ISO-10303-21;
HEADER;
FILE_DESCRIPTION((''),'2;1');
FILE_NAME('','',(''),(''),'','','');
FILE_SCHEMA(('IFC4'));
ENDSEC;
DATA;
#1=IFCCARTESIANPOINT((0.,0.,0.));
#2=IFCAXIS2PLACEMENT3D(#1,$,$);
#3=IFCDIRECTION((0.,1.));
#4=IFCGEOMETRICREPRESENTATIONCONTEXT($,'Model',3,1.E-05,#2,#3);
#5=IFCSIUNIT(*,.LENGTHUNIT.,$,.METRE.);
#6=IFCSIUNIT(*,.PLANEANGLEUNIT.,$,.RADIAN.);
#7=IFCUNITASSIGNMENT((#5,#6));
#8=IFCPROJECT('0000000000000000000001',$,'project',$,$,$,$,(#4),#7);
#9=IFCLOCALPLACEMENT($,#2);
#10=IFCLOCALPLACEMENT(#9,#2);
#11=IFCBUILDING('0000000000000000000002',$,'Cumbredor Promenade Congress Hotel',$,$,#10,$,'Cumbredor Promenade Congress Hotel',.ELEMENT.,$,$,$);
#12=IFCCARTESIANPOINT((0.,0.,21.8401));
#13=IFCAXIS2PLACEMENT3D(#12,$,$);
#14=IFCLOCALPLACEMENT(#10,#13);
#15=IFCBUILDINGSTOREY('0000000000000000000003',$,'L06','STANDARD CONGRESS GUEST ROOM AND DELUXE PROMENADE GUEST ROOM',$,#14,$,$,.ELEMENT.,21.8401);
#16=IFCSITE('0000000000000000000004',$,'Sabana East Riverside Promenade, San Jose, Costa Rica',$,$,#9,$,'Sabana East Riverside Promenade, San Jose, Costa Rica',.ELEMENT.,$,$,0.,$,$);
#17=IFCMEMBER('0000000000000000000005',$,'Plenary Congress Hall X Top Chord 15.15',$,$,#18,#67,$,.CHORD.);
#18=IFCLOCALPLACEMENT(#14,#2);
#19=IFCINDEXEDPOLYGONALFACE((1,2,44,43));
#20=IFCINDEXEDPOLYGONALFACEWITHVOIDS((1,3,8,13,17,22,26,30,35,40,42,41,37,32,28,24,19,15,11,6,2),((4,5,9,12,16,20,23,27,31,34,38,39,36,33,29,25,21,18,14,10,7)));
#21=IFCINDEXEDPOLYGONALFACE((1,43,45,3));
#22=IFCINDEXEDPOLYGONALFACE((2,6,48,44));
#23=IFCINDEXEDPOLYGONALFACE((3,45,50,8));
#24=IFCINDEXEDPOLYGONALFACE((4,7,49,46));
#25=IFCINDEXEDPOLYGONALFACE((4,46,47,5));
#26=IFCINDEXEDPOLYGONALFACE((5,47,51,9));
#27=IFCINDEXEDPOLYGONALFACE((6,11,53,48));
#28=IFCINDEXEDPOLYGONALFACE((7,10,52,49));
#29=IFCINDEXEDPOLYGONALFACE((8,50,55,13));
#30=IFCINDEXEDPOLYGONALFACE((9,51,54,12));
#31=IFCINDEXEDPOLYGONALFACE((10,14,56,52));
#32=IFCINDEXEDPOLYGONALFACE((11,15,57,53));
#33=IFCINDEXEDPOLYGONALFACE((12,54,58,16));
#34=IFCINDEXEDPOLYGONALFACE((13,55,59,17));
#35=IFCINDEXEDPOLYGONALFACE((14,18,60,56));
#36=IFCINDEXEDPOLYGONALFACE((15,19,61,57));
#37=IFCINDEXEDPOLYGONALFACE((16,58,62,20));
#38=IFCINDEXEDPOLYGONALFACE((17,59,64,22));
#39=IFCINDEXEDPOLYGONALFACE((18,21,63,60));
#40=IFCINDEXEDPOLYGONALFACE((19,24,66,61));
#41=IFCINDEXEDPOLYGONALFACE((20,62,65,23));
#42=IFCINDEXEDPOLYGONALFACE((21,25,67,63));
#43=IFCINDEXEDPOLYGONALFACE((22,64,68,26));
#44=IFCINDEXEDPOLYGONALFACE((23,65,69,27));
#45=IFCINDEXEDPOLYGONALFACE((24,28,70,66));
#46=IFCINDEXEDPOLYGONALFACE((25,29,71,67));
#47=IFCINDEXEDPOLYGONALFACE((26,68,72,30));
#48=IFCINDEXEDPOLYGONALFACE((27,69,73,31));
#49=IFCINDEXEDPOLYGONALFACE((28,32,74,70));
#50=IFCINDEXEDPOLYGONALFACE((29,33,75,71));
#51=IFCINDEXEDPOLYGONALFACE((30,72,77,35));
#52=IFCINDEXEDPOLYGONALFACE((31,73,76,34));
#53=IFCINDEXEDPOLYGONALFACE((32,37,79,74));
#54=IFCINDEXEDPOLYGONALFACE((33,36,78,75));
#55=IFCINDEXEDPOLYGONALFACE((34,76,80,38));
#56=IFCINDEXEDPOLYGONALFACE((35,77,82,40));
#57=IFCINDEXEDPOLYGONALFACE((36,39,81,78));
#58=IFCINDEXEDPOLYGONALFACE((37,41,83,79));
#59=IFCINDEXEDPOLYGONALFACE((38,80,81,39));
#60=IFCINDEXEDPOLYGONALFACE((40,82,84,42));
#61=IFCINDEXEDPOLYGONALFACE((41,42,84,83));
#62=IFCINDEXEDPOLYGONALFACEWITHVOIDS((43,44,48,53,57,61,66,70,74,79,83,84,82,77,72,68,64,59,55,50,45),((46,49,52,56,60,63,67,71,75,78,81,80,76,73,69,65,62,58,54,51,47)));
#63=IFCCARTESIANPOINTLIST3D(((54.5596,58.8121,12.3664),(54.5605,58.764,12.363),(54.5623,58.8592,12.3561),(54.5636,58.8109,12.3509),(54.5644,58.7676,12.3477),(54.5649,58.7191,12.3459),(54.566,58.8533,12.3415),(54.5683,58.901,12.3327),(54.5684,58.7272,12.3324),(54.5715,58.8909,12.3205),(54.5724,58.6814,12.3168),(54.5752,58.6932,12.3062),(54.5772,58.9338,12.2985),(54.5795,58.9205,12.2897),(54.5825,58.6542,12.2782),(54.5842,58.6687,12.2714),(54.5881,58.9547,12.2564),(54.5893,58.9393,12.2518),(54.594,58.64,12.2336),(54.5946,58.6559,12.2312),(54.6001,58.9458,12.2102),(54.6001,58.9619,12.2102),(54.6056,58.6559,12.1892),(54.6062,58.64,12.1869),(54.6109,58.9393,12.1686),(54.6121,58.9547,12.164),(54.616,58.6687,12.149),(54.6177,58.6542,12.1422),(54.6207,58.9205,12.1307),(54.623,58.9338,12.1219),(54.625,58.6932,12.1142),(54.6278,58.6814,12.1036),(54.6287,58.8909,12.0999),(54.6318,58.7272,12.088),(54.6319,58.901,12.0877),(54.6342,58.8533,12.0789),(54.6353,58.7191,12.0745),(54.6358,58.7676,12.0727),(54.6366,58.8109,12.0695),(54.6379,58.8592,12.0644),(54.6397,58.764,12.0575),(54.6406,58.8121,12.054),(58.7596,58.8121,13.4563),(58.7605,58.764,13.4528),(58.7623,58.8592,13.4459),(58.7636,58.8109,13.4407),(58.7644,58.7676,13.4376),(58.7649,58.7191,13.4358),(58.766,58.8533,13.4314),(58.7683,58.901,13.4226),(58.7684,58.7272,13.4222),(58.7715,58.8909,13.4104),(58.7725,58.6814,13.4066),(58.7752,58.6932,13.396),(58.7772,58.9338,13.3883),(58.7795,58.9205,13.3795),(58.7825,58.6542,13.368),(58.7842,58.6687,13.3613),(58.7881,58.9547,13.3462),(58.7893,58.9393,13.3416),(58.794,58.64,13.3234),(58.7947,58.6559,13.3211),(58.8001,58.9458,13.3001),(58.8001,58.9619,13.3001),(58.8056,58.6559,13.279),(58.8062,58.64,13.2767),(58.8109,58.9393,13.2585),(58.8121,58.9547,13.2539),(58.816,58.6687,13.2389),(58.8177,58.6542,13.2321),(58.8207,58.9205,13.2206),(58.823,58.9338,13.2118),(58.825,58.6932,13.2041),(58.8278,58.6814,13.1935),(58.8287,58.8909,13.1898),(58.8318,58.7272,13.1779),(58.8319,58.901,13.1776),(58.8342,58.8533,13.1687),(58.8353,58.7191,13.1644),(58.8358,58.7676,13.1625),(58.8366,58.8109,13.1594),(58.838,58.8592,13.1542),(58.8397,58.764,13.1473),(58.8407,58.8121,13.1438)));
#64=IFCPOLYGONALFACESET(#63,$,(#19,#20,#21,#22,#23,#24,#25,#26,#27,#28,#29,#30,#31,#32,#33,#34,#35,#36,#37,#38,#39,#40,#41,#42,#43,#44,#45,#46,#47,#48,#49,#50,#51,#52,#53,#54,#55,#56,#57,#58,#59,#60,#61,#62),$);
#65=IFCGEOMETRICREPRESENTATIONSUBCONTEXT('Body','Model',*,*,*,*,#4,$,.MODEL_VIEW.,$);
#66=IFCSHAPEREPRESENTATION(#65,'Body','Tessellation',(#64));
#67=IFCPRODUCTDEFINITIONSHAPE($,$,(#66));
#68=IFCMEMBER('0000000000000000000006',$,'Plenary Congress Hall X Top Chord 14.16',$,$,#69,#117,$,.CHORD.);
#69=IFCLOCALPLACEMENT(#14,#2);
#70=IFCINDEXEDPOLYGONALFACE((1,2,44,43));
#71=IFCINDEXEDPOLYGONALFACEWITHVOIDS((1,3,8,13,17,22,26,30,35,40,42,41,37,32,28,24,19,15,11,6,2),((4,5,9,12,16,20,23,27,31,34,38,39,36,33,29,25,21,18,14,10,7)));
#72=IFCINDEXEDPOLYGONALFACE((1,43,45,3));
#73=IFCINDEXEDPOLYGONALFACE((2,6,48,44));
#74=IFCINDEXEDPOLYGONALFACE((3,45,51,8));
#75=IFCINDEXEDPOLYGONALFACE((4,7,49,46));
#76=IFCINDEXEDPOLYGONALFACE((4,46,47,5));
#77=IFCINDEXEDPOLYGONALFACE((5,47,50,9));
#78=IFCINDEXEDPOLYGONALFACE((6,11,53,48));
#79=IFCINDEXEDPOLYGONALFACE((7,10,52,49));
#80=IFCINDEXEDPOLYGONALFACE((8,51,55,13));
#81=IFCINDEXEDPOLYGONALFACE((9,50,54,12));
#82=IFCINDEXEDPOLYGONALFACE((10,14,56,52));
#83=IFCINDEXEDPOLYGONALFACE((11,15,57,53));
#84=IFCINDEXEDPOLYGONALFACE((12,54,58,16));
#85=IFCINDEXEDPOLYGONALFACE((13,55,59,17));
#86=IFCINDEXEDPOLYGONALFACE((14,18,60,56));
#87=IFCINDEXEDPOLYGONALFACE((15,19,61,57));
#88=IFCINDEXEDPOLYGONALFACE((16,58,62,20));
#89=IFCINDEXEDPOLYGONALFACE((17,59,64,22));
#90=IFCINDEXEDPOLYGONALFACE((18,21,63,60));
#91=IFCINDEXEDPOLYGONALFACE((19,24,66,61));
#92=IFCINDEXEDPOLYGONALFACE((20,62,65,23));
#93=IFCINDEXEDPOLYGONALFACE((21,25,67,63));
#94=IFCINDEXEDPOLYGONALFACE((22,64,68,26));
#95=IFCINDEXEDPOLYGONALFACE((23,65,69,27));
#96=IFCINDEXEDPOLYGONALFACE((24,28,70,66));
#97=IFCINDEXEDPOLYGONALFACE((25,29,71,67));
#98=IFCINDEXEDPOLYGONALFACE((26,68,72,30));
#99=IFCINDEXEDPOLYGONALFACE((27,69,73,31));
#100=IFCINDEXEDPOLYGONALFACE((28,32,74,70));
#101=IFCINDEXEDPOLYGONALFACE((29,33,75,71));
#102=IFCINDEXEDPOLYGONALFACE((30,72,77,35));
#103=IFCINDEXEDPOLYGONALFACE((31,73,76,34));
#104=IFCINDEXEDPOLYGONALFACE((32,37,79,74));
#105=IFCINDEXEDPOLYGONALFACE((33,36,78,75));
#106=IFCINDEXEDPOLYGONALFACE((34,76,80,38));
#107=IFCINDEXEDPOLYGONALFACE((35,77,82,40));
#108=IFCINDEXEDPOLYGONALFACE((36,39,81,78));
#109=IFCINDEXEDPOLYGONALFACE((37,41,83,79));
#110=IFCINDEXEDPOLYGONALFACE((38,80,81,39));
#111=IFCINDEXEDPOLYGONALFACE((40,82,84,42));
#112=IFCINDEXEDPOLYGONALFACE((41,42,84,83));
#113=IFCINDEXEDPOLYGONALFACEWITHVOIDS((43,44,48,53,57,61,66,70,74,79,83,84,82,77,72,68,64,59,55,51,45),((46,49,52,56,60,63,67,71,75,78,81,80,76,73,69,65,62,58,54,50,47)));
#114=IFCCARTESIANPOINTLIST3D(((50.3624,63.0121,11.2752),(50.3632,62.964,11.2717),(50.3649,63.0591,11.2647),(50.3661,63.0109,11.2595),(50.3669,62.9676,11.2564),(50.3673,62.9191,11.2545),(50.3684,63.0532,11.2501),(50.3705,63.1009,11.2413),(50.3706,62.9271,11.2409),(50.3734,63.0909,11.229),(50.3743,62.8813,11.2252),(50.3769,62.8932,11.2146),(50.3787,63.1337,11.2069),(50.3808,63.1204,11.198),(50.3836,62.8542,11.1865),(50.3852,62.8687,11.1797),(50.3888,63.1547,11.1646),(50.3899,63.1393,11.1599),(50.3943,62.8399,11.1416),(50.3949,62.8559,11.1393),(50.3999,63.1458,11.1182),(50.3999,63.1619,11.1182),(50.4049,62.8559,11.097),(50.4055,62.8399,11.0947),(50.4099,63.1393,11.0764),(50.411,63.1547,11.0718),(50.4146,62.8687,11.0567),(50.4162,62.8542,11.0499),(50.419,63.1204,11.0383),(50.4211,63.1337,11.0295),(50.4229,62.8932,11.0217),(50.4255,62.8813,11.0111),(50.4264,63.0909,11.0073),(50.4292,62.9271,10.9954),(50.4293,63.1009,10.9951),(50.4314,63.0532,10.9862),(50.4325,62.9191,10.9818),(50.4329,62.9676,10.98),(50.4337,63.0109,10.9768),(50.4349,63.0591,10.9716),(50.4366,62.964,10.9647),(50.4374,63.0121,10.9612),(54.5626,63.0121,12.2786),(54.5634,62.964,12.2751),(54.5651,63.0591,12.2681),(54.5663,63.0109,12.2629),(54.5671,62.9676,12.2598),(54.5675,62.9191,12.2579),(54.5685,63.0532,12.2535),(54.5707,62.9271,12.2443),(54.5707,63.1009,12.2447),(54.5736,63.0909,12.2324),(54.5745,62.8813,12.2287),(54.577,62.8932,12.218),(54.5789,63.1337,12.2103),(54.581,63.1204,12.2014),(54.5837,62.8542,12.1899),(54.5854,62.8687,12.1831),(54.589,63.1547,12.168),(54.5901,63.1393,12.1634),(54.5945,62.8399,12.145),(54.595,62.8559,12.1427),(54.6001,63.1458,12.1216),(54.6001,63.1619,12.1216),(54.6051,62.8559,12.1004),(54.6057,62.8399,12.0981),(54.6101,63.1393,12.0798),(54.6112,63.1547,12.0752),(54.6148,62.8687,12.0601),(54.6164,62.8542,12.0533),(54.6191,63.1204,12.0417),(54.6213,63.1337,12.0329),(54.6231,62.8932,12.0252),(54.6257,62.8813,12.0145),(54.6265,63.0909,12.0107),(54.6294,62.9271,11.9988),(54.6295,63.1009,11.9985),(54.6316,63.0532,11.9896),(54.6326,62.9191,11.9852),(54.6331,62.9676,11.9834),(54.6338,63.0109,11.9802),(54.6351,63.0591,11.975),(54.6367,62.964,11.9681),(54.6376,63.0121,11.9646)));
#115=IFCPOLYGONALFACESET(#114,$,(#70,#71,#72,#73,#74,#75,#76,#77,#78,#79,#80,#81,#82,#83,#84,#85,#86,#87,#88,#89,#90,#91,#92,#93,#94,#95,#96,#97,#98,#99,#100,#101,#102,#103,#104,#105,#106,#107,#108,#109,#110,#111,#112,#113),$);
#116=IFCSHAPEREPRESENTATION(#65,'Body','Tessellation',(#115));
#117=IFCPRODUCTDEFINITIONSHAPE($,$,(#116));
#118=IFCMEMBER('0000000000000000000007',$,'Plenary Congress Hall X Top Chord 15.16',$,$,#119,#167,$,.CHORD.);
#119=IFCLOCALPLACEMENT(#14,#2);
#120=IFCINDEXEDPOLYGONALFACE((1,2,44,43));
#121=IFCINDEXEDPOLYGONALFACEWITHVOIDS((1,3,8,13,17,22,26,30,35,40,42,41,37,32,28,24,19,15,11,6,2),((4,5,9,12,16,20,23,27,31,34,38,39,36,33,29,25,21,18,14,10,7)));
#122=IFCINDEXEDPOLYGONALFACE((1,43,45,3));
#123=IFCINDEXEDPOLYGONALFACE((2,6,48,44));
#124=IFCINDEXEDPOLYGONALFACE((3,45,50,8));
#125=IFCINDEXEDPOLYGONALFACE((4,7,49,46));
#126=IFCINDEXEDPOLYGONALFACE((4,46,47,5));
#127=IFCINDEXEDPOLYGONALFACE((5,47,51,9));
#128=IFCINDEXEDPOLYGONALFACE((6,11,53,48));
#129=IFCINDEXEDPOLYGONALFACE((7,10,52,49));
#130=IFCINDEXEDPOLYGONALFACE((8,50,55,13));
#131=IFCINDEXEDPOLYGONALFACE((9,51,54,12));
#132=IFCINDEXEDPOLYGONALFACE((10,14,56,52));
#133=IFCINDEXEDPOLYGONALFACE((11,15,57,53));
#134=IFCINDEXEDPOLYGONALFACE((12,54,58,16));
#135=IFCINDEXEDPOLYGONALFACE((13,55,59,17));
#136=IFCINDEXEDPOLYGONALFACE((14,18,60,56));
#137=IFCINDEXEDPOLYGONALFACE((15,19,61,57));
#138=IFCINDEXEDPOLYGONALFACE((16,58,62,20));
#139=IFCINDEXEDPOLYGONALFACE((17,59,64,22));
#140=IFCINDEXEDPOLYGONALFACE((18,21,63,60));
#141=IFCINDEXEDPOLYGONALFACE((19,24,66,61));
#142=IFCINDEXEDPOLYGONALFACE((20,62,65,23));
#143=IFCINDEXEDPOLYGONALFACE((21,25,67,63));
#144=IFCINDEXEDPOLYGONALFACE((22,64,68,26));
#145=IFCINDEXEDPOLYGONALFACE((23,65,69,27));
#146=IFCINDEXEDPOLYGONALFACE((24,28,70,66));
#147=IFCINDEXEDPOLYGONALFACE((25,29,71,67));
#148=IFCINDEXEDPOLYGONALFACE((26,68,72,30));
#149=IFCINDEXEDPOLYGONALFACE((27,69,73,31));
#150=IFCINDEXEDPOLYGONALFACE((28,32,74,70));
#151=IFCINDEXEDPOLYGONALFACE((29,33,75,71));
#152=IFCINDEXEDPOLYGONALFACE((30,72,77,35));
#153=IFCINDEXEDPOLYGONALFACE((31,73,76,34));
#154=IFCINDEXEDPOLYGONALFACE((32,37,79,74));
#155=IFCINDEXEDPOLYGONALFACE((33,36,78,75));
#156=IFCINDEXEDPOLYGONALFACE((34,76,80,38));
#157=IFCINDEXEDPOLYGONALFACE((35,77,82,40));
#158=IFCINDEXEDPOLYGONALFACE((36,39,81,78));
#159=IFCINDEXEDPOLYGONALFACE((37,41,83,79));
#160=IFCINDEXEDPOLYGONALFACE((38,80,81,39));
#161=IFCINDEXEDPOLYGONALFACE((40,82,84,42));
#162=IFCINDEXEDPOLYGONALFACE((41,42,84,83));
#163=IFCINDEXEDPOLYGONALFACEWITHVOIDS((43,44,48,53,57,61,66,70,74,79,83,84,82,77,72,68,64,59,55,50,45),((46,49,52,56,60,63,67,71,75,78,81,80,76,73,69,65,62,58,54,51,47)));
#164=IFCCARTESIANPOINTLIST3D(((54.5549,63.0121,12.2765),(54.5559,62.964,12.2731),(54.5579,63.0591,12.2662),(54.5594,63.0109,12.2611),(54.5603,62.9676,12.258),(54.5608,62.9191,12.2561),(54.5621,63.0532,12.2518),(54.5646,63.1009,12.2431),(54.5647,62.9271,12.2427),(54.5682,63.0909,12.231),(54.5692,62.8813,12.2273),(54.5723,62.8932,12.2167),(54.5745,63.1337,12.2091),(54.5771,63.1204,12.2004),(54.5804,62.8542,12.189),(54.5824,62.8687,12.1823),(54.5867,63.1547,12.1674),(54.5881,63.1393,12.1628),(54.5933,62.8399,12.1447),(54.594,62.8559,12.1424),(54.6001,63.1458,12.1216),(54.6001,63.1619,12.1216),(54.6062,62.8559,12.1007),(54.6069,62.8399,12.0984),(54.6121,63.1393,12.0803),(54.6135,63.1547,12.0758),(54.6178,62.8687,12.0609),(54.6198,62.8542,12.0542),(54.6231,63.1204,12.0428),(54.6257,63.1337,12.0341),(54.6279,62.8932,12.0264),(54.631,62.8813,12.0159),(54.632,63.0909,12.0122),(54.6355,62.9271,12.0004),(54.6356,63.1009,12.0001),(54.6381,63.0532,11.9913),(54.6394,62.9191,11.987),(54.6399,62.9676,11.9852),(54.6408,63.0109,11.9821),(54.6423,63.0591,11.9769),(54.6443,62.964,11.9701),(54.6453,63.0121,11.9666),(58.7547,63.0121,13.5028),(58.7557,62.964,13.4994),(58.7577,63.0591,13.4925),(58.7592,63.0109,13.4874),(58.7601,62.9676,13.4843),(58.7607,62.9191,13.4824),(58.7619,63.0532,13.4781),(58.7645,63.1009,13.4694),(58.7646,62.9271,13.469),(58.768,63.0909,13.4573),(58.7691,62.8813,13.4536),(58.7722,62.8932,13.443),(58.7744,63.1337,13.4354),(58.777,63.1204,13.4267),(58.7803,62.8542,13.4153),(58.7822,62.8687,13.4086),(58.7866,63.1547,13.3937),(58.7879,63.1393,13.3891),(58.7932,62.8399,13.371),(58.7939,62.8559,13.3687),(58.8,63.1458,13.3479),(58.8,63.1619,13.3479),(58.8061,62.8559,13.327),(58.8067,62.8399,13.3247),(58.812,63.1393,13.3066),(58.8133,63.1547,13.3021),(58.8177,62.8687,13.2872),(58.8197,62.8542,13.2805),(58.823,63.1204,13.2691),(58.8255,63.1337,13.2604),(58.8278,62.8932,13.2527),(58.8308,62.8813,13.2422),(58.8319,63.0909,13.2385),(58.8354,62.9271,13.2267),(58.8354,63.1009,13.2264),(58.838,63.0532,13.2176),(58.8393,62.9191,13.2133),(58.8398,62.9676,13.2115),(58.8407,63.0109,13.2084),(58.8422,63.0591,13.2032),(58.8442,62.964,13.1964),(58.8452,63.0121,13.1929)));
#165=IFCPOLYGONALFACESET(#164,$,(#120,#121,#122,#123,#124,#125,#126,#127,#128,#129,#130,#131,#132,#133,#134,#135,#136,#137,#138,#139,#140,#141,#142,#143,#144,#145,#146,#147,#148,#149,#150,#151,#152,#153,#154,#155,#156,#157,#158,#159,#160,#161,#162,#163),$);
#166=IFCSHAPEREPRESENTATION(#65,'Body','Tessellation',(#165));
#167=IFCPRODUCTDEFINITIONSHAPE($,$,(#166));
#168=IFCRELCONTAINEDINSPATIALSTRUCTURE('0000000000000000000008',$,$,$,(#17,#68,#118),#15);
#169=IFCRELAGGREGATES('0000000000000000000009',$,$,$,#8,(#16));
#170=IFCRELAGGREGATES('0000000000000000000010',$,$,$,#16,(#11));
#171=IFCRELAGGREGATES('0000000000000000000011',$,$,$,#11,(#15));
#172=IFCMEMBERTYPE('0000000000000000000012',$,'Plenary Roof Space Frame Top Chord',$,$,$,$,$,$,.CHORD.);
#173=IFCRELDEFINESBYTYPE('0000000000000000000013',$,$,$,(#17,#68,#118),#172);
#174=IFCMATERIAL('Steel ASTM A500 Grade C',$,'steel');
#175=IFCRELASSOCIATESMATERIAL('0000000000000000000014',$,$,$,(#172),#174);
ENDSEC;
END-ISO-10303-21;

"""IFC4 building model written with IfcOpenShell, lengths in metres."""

from ifc_helpers import new_model, si_unit, direction, frame, origin, origin_2d, place, context, subcontext, project, spatial, hollow_circle, extrude, material, material_profile, profile_set, type_object, element, save


model = new_model("IFC4")

# Units and contexts
model_context = context("Model", 3, precision=1e-05, world=origin(), true_north=direction((0.0, 1.0)))
body_context = subcontext(model_context, "Body", "Model", "MODEL_VIEW")
ifc_project = project(units=[si_unit("LENGTHUNIT", "METRE"), si_unit("PLANEANGLEUNIT", "RADIAN")], contexts=[model_context])

# Site, building, storey
site_placement = place(None, origin())
site = spatial("IfcSite", under=ifc_project, at=site_placement, Name="Sabana East Riverside Promenade, San Jose, Costa Rica", LongName="Sabana East Riverside Promenade, San Jose, Costa Rica", CompositionType="ELEMENT", RefElevation=0.0)
building_placement = place(site_placement, origin())
building = spatial("IfcBuilding", under=site, at=building_placement, Name="Cumbredor Promenade Congress Hotel", LongName="Cumbredor Promenade Congress Hotel", CompositionType="ELEMENT")
storey_placement = place(building_placement, frame((0.0, 0.0, 21.8401)))
storey = spatial("IfcBuildingStorey", under=building, at=storey_placement, Name="L06", Description="STANDARD CONGRESS GUEST ROOM AND DELUXE PROMENADE GUEST ROOM", CompositionType="ELEMENT", Elevation=21.8401)

# Members
ifc_material_1 = material(Name="Steel ASTM A500 Grade C", Category="steel")
ifc_material_profile_1 = material_profile(ifc_material_1, hollow_circle(Radius=0.1619, WallThickness=0.0161, at=origin_2d()), Name="CHS 323.9x16")
ifc_profile_set_1 = profile_set([ifc_material_profile_1], Name="Steel ASTM A500 Grade C")
member_type_1 = type_object("IfcMemberType", Name="Plenary Roof Space Frame Top Chord", PredefinedType="CHORD", material=ifc_profile_set_1)
member_1_placement = place(storey_placement, frame((54.6001, 58.8, 12.2102), z_axis=(0.967943, 0.0, 0.251171), x_axis=(0.0, 1.0, 0.0)))
element("IfcMember", 1, at=member_1_placement, inside=storey, type_object=member_type_1, Name="Plenary Congress Hall X Top Chord 15.15", PredefinedType="CHORD", context=body_context, shape_type="SweptSolid", body=[
    extrude(hollow_circle(Radius=0.1619, WallThickness=0.0161, at=origin_2d()), origin(), (0.0, 0.0, 1.0), 4.3391),
])
member_2_placement = place(storey_placement, frame((50.3999, 63.0, 11.1182), z_axis=(0.97263, 0.0, 0.232359), x_axis=(0.0, 1.0, 0.0)))
element("IfcMember", 2, at=member_2_placement, inside=storey, type_object=member_type_1, Name="Plenary Congress Hall X Top Chord 14.16", PredefinedType="CHORD", context=body_context, shape_type="SweptSolid", body=[
    extrude(hollow_circle(Radius=0.1619, WallThickness=0.0161, at=origin_2d()), origin(), (0.0, 0.0, 1.0), 4.3184),
])
member_3_placement = place(storey_placement, frame((54.6001, 63.0, 12.1216), z_axis=(0.959918, 0.0, 0.280281), x_axis=(0.0, 1.0, 0.0)))
element("IfcMember", 3, at=member_3_placement, inside=storey, type_object=member_type_1, Name="Plenary Congress Hall X Top Chord 15.16", PredefinedType="CHORD", context=body_context, shape_type="SweptSolid", body=[
    extrude(hollow_circle(Radius=0.1619, WallThickness=0.0161, at=origin_2d()), origin(), (0.0, 0.0, 1.0), 4.3752),
])

save(model, "model.ifc")
